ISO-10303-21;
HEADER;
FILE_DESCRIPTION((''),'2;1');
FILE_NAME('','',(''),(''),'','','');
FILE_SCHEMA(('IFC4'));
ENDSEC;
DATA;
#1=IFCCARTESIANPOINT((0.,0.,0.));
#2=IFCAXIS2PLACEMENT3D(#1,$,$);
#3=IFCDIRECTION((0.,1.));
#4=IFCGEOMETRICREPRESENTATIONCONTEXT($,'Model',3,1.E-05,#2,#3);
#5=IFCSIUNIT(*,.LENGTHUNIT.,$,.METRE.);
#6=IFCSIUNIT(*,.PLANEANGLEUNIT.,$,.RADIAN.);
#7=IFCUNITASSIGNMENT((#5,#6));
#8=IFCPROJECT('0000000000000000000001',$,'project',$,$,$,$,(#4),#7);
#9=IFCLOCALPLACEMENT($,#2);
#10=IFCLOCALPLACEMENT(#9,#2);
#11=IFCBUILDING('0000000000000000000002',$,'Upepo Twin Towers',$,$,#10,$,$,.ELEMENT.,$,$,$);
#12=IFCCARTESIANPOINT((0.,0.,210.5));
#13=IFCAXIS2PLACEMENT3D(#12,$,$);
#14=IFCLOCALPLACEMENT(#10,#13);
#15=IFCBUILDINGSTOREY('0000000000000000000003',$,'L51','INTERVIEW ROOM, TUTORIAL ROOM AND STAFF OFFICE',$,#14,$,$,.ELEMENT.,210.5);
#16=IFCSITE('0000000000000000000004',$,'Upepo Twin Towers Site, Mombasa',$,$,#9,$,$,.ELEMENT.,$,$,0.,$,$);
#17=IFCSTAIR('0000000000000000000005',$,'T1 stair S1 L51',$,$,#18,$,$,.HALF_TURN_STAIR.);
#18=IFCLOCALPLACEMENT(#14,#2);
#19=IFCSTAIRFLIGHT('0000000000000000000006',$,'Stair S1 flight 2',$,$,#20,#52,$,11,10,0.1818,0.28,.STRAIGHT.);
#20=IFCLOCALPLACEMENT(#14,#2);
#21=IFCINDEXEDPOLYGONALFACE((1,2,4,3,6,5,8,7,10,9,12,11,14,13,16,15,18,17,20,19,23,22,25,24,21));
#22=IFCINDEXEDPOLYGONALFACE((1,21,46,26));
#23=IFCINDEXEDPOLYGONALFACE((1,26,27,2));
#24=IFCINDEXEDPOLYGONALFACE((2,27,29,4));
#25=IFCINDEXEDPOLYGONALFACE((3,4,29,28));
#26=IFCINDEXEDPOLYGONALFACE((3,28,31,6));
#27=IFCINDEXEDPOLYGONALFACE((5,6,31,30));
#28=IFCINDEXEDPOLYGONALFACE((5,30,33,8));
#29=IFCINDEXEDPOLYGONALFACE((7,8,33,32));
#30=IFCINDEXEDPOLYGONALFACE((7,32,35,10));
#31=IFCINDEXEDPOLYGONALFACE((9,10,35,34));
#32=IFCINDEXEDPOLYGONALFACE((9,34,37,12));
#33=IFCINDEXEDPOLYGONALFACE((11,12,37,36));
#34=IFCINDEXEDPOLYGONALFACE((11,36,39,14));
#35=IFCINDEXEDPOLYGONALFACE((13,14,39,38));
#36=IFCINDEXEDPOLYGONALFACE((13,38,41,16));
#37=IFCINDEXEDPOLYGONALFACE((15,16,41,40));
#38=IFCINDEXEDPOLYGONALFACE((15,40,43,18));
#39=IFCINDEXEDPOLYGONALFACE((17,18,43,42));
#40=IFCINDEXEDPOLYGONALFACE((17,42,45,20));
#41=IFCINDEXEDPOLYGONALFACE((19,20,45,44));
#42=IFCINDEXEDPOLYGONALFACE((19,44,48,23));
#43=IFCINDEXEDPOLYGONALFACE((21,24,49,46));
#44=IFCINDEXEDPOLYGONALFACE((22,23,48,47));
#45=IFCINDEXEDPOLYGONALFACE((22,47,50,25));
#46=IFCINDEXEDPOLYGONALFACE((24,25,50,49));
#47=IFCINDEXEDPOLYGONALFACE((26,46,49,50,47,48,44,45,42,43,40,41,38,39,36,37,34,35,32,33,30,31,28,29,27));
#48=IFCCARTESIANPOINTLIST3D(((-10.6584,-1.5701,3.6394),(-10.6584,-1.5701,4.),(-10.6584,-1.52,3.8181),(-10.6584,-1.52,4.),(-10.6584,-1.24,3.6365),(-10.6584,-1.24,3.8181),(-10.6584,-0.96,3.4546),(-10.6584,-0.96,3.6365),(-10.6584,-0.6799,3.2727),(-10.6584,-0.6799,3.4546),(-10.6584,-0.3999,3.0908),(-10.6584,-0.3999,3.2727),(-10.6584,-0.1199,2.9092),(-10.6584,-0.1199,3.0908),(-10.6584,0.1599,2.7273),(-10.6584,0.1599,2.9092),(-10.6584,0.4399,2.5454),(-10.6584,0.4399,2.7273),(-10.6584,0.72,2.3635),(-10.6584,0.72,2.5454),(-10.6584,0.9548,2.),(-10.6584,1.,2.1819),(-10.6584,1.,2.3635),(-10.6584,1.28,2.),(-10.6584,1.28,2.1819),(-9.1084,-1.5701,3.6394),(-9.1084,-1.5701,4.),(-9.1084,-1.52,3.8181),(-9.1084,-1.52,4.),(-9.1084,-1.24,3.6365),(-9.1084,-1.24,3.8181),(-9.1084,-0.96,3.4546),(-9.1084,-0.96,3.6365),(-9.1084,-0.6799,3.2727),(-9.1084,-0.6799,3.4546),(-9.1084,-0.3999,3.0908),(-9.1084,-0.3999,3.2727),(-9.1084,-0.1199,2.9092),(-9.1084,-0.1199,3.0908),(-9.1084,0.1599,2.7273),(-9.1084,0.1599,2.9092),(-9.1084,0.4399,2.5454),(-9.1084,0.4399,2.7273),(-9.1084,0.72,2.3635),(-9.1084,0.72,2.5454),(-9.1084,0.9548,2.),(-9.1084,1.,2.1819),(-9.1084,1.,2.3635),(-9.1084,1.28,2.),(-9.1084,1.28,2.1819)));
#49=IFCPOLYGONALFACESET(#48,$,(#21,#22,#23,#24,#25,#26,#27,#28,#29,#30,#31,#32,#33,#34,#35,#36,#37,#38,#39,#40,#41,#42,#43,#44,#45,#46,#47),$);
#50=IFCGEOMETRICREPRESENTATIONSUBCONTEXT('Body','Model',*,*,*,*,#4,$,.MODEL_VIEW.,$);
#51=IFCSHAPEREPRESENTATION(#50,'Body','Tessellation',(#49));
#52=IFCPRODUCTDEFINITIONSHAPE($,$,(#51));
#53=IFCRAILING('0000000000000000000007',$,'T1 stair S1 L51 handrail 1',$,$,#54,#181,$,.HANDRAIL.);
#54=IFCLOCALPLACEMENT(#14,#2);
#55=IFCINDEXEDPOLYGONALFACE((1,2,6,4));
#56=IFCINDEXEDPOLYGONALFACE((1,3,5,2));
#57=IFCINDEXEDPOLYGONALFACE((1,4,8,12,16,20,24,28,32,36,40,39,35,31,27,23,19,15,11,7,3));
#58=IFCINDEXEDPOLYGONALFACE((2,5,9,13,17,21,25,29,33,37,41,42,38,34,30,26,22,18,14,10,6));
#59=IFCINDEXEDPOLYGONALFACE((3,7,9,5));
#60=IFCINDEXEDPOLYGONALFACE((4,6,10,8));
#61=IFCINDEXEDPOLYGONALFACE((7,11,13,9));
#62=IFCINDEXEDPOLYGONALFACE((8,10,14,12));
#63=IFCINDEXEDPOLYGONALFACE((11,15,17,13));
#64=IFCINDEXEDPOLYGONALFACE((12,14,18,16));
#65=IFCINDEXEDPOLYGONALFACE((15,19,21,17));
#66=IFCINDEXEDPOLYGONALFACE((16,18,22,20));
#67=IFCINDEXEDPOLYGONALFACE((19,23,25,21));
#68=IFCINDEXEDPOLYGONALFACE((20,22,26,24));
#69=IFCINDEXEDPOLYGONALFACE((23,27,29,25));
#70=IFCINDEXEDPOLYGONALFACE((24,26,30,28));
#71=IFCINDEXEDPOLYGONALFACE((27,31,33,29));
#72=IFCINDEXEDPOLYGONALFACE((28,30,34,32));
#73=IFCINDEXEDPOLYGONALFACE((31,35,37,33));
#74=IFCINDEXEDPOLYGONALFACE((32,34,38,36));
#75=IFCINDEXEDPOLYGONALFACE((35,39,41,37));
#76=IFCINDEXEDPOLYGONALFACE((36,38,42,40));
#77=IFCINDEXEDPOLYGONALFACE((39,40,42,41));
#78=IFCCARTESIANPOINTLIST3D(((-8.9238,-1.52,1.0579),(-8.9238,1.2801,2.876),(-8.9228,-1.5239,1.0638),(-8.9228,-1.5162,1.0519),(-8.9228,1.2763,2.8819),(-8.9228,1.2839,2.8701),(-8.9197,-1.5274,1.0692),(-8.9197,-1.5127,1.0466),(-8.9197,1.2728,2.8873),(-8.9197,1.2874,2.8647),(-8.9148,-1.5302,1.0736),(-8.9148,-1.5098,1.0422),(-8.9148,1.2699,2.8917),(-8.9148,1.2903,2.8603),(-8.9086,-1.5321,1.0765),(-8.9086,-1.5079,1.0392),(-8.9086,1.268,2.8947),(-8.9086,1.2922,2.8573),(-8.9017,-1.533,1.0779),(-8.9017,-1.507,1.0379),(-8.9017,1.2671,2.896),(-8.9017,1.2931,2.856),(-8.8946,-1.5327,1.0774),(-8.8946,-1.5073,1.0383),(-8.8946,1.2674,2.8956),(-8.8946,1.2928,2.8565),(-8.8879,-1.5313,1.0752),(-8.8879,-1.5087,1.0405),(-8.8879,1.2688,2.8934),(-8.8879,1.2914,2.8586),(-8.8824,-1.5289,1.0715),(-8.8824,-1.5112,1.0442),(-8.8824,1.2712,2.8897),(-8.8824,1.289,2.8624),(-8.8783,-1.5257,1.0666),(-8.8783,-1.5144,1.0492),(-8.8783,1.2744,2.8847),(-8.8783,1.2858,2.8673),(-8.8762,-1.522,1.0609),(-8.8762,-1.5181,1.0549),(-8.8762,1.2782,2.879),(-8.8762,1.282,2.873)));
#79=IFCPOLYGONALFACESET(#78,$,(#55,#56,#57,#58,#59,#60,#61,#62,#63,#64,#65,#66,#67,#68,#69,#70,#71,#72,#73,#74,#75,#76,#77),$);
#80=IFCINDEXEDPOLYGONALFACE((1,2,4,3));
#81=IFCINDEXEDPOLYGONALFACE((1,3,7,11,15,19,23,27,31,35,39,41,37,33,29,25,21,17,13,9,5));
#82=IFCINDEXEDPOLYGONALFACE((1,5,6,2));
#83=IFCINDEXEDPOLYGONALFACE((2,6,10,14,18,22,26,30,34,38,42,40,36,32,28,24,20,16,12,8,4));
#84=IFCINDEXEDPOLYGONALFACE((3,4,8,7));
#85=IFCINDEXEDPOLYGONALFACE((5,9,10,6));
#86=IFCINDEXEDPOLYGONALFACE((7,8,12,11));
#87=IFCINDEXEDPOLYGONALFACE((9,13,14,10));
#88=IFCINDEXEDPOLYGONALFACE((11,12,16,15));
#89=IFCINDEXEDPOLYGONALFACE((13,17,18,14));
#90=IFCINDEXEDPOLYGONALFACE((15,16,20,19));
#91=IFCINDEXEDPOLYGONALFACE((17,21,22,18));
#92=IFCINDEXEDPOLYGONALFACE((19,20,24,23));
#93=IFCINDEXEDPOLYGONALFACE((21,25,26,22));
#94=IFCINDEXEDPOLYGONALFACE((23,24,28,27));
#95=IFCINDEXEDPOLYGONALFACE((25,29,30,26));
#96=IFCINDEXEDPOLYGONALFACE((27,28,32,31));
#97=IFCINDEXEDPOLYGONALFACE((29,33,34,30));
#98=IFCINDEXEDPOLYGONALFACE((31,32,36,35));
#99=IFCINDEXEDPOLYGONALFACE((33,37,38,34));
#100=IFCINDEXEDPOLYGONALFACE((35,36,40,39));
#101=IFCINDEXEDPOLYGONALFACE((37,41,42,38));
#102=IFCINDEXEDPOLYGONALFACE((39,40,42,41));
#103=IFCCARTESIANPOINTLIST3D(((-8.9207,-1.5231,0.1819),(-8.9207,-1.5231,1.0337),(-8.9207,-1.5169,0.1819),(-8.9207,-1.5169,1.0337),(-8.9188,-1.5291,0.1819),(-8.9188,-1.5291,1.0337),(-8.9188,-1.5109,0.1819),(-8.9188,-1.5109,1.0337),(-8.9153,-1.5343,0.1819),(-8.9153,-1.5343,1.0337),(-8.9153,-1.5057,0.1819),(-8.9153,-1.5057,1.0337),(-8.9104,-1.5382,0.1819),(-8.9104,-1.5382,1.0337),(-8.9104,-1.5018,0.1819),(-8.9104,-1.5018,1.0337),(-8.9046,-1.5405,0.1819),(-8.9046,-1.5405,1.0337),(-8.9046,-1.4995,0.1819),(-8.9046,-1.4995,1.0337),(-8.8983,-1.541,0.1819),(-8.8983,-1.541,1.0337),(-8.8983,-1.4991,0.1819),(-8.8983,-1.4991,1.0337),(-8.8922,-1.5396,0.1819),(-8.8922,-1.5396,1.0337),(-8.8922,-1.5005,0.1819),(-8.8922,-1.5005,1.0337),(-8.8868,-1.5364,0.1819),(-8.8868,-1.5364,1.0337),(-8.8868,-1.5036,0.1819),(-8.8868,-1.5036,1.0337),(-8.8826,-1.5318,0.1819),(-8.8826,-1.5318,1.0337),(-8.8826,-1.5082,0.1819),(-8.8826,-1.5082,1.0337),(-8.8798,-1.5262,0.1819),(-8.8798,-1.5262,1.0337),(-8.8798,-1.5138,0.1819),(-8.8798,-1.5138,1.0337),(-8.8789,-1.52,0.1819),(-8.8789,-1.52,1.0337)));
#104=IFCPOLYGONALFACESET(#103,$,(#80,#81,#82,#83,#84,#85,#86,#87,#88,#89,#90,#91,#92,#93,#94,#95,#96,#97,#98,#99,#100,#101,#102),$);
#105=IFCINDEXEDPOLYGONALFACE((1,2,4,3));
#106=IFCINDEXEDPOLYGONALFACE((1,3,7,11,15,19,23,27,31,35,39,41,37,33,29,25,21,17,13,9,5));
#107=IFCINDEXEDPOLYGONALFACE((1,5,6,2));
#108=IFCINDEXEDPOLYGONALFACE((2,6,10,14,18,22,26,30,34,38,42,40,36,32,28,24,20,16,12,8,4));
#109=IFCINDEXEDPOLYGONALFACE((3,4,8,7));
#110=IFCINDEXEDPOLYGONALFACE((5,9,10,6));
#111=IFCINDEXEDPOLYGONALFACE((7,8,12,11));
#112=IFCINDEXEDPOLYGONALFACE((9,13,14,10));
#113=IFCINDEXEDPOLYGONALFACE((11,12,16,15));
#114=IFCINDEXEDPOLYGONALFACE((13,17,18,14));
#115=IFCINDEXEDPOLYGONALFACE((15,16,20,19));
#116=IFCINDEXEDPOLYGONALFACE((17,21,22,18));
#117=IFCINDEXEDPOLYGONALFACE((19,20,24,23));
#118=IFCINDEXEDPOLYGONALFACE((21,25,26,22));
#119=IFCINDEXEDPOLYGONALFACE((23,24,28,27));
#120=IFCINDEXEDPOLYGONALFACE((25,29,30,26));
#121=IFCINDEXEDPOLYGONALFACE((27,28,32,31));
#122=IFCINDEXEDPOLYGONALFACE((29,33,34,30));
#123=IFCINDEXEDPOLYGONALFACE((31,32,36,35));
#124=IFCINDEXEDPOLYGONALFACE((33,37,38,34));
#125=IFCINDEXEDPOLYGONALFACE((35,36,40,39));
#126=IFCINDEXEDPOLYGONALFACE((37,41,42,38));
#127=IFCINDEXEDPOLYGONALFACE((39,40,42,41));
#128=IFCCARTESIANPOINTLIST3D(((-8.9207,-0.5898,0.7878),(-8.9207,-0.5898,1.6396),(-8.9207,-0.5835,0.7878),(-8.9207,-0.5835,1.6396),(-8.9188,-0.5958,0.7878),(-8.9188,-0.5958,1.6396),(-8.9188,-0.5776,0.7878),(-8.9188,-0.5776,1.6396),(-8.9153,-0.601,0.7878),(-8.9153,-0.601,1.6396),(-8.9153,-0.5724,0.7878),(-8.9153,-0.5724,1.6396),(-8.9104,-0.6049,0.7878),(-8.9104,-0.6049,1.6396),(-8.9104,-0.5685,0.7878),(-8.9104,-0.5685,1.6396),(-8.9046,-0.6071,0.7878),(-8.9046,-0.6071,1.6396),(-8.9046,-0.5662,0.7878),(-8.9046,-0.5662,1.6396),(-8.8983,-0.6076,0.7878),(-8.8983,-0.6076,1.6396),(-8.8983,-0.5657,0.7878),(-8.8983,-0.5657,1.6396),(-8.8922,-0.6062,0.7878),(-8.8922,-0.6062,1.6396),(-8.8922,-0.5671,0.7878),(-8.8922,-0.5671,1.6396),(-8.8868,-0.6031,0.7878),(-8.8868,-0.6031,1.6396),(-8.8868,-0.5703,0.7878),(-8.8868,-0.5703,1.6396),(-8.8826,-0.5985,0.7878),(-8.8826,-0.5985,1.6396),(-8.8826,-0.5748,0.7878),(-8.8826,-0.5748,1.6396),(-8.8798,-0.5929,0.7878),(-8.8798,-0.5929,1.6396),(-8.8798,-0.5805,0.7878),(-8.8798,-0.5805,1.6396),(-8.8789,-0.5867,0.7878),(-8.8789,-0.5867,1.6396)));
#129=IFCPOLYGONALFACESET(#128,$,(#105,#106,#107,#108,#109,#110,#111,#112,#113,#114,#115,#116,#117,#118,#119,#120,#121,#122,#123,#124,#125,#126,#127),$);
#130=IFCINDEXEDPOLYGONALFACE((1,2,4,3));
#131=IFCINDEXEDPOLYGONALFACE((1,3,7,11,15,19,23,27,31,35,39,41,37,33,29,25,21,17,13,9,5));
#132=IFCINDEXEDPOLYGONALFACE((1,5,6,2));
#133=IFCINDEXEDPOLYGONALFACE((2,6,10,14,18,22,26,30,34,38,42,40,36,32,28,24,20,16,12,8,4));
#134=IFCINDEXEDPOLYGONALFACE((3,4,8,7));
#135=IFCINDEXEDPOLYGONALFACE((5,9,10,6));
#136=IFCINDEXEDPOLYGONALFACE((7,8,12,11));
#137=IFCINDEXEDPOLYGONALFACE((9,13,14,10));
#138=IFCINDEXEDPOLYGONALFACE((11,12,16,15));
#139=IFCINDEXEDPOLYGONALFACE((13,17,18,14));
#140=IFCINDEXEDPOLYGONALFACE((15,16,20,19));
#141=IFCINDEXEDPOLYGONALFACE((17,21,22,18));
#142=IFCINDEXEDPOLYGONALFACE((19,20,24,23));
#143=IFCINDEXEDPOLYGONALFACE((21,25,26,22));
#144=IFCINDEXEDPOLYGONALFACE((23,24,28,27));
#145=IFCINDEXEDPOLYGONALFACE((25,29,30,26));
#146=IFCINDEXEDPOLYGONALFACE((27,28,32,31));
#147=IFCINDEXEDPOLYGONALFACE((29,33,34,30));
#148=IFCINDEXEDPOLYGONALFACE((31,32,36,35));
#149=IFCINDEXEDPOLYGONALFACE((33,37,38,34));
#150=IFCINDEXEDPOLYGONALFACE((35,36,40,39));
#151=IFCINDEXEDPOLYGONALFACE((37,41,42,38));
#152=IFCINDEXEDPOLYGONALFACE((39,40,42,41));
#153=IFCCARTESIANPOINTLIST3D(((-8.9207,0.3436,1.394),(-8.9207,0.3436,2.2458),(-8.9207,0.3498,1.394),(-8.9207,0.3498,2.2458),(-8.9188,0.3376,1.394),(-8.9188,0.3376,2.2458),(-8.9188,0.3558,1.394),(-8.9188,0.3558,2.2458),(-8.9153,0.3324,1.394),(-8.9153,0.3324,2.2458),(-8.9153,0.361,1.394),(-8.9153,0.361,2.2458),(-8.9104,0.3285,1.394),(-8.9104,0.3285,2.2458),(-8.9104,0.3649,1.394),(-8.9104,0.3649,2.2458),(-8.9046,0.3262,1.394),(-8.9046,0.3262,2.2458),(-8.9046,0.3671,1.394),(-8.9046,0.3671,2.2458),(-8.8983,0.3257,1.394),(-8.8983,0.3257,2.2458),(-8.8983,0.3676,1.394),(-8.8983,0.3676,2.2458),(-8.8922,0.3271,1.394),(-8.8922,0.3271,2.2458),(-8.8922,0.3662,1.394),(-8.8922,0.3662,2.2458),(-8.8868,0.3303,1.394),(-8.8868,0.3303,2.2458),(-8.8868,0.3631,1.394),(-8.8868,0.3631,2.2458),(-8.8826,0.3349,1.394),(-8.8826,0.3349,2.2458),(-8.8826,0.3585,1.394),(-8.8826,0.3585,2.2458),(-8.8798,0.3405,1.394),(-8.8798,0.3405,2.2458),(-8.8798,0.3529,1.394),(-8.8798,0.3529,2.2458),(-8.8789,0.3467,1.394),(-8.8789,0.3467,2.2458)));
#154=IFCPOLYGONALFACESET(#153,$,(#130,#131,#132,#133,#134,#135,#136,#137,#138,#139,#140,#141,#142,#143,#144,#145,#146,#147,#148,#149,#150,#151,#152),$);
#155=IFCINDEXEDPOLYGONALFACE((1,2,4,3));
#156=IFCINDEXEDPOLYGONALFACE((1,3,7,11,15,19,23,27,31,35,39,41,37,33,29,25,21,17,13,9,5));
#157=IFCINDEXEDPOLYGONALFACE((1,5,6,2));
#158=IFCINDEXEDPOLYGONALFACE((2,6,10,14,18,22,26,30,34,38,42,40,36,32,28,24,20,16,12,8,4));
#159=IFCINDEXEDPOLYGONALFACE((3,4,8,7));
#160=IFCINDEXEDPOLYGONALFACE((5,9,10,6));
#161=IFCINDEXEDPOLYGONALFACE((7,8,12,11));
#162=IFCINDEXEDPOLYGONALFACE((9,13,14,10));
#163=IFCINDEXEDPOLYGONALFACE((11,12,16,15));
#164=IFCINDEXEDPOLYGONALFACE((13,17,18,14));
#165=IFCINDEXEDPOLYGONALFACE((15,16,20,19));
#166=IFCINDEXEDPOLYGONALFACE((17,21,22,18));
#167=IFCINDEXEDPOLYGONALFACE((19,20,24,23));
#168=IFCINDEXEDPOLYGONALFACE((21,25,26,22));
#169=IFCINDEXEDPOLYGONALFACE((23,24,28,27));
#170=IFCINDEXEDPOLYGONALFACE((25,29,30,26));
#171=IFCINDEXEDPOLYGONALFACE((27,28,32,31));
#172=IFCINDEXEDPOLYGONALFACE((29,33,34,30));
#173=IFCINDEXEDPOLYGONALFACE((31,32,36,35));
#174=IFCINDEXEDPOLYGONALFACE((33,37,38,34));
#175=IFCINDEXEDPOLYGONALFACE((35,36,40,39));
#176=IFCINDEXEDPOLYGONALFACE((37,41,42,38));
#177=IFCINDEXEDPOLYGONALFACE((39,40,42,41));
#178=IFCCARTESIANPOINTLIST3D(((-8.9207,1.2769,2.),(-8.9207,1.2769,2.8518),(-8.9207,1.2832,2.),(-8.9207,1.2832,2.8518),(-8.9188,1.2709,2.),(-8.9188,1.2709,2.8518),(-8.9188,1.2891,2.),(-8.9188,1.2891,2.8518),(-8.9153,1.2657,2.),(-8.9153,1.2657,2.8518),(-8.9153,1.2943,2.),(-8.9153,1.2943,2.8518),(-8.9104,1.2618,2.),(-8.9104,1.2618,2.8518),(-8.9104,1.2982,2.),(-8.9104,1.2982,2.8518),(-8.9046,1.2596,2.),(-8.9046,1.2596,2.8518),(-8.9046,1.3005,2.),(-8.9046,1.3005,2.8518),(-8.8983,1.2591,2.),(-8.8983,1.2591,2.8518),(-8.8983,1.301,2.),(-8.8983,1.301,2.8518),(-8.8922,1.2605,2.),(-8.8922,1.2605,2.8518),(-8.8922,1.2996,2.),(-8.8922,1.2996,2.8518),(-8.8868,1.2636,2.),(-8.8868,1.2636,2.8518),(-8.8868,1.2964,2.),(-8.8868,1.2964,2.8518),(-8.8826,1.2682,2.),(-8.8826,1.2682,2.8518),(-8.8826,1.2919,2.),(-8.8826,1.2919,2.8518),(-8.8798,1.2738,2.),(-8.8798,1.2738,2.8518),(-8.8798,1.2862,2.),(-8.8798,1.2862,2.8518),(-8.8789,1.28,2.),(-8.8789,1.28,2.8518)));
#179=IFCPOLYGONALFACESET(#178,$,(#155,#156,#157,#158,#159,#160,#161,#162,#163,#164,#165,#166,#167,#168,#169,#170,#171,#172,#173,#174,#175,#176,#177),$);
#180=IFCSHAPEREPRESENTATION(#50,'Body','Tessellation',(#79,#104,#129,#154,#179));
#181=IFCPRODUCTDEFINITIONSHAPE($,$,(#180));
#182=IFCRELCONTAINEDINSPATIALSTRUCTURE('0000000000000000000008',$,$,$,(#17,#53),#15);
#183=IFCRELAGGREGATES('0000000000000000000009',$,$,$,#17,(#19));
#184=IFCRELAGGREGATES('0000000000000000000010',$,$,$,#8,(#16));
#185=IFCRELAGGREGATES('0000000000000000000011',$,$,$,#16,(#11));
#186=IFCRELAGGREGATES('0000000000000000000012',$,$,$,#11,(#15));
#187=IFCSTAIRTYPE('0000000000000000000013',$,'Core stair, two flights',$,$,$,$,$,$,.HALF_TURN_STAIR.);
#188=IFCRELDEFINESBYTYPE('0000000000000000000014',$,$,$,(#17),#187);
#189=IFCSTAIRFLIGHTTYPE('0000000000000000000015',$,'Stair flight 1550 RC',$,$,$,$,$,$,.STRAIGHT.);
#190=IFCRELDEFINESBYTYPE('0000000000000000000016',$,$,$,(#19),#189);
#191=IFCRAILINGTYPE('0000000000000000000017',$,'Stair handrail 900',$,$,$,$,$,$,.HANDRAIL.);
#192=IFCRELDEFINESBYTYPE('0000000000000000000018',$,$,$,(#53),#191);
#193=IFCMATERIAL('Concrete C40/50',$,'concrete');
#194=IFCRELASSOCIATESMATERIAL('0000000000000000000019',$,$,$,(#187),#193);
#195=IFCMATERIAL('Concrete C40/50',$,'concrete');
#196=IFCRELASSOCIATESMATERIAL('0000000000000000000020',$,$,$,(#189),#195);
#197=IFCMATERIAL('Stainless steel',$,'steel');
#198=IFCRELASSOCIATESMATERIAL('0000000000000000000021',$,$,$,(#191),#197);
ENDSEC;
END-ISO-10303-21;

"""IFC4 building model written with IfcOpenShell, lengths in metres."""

from ifc_helpers import new_model, si_unit, direction, frame, origin, origin_2d, place, context, subcontext, project, spatial, polyline, circle, outline, extrude, material, type_object, element, aggregate, save


model = new_model("IFC4")

# Units and contexts
model_context = context("Model", 3, precision=1e-05, world=origin(), true_north=direction((0.0, 1.0)))
body_context = subcontext(model_context, "Body", "Model", "MODEL_VIEW")
ifc_project = project(units=[si_unit("LENGTHUNIT", "METRE"), si_unit("PLANEANGLEUNIT", "RADIAN")], contexts=[model_context])

# Site, building, storey
site_placement = place(None, origin())
site = spatial("IfcSite", under=ifc_project, at=site_placement, Name="Upepo Twin Towers Site, Mombasa", CompositionType="ELEMENT", RefElevation=0.0)
building_placement = place(site_placement, origin())
building = spatial("IfcBuilding", under=site, at=building_placement, Name="Upepo Twin Towers", CompositionType="ELEMENT")
storey_placement = place(building_placement, frame((0.0, 0.0, 210.5)))
storey = spatial("IfcBuildingStorey", under=building, at=storey_placement, Name="L51", Description="INTERVIEW ROOM, TUTORIAL ROOM AND STAFF OFFICE", CompositionType="ELEMENT", Elevation=210.5)

# Stair, stair flight
ifc_material_1 = material(Name="Concrete C40/50", Category="concrete")
stair_type = type_object("IfcStairType", Name="Core stair, two flights", PredefinedType="HALF_TURN_STAIR", material=ifc_material_1)
stair_placement = place(storey_placement, origin())
stair = element("IfcStair", 1, at=stair_placement, inside=storey, type_object=stair_type, Name="T1 stair S1 L51", PredefinedType="HALF_TURN_STAIR")
ifc_material_2 = material(Name="Concrete C40/50", Category="concrete")
stair_flight_type = type_object("IfcStairFlightType", Name="Stair flight 1550 RC", PredefinedType="STRAIGHT", material=ifc_material_2)
stair_flight_1_placement = place(storey_placement, frame((-9.8833, 1.28, 2.0), z_axis=(0.0, 0.0, 1.0), x_axis=(0.0, -1.0, 0.0)))
stair_flight_1 = element("IfcStairFlight", 2, at=stair_flight_1_placement, type_object=stair_flight_type, Name="Stair S1 flight 2", NumberOfRisers=11, NumberOfTreads=10, PredefinedType="STRAIGHT", RiserHeight=0.1818, TreadLength=0.28, context=body_context, shape_type="SweptSolid", body=[
    extrude(outline(polyline([(0.0, 0.0), (0.0, 0.1819), (0.28, 0.1819), (0.28, 0.3635), (0.5601, 0.3635), (0.5601, 0.5454), (0.8401, 0.5454), (0.8401, 0.7273), (1.1201, 0.7273), (1.1201, 0.9092), (1.3999, 0.9092), (1.3999, 1.0908), (1.6799, 1.0908), (1.6799, 1.2727), (1.96, 1.2727), (1.96, 1.4546), (2.24, 1.4546), (2.24, 1.6365), (2.52, 1.6365), (2.52, 1.8181), (2.8, 1.8181), (2.8, 2.0), (2.8501, 2.0), (2.8501, 1.6394), (0.3252, 0.0), (0.0, 0.0)])), frame((0.0, 0.7749, 0.0), z_axis=(0.0, -1.0, 0.0), x_axis=(1.0, 0.0, 0.0)), (0.0, 0.0, 1.0), 1.55),
])
aggregate(stair, [stair_flight_1])

# Railing
ifc_material_3 = material(Name="Stainless steel", Category="steel")
railing_type = type_object("IfcRailingType", Name="Stair handrail 900", PredefinedType="HANDRAIL", material=ifc_material_3)
railing_1_placement = place(storey_placement, frame((-8.8999, -1.52, 0.1819)))
element("IfcRailing", 3, at=railing_1_placement, inside=storey, type_object=railing_type, Name="T1 stair S1 L51 handrail 1", PredefinedType="HANDRAIL", context=body_context, shape_type="SweptSolid", body=[
    extrude(circle(Radius=0.0239, at=origin_2d()), frame((0.0, 0.0, 0.876), z_axis=(0.0, 0.838706, 0.544585), x_axis=(-1.0, 0.0, 0.0)), (0.0, 0.0, 1.0), 3.3386),
    extrude(circle(Radius=0.021, at=origin_2d()), origin(), (0.0, 0.0, 1.0), 0.8518),
    extrude(circle(Radius=0.021, at=origin_2d()), frame((0.0, 0.9333, 0.606)), (0.0, 0.0, 1.0), 0.8518),
    extrude(circle(Radius=0.021, at=origin_2d()), frame((0.0, 1.8667, 1.2122)), (0.0, 0.0, 1.0), 0.8518),
    extrude(circle(Radius=0.021, at=origin_2d()), frame((0.0, 2.8, 1.8181)), (0.0, 0.0, 1.0), 0.8518),
])

save(model, "model.ifc")
